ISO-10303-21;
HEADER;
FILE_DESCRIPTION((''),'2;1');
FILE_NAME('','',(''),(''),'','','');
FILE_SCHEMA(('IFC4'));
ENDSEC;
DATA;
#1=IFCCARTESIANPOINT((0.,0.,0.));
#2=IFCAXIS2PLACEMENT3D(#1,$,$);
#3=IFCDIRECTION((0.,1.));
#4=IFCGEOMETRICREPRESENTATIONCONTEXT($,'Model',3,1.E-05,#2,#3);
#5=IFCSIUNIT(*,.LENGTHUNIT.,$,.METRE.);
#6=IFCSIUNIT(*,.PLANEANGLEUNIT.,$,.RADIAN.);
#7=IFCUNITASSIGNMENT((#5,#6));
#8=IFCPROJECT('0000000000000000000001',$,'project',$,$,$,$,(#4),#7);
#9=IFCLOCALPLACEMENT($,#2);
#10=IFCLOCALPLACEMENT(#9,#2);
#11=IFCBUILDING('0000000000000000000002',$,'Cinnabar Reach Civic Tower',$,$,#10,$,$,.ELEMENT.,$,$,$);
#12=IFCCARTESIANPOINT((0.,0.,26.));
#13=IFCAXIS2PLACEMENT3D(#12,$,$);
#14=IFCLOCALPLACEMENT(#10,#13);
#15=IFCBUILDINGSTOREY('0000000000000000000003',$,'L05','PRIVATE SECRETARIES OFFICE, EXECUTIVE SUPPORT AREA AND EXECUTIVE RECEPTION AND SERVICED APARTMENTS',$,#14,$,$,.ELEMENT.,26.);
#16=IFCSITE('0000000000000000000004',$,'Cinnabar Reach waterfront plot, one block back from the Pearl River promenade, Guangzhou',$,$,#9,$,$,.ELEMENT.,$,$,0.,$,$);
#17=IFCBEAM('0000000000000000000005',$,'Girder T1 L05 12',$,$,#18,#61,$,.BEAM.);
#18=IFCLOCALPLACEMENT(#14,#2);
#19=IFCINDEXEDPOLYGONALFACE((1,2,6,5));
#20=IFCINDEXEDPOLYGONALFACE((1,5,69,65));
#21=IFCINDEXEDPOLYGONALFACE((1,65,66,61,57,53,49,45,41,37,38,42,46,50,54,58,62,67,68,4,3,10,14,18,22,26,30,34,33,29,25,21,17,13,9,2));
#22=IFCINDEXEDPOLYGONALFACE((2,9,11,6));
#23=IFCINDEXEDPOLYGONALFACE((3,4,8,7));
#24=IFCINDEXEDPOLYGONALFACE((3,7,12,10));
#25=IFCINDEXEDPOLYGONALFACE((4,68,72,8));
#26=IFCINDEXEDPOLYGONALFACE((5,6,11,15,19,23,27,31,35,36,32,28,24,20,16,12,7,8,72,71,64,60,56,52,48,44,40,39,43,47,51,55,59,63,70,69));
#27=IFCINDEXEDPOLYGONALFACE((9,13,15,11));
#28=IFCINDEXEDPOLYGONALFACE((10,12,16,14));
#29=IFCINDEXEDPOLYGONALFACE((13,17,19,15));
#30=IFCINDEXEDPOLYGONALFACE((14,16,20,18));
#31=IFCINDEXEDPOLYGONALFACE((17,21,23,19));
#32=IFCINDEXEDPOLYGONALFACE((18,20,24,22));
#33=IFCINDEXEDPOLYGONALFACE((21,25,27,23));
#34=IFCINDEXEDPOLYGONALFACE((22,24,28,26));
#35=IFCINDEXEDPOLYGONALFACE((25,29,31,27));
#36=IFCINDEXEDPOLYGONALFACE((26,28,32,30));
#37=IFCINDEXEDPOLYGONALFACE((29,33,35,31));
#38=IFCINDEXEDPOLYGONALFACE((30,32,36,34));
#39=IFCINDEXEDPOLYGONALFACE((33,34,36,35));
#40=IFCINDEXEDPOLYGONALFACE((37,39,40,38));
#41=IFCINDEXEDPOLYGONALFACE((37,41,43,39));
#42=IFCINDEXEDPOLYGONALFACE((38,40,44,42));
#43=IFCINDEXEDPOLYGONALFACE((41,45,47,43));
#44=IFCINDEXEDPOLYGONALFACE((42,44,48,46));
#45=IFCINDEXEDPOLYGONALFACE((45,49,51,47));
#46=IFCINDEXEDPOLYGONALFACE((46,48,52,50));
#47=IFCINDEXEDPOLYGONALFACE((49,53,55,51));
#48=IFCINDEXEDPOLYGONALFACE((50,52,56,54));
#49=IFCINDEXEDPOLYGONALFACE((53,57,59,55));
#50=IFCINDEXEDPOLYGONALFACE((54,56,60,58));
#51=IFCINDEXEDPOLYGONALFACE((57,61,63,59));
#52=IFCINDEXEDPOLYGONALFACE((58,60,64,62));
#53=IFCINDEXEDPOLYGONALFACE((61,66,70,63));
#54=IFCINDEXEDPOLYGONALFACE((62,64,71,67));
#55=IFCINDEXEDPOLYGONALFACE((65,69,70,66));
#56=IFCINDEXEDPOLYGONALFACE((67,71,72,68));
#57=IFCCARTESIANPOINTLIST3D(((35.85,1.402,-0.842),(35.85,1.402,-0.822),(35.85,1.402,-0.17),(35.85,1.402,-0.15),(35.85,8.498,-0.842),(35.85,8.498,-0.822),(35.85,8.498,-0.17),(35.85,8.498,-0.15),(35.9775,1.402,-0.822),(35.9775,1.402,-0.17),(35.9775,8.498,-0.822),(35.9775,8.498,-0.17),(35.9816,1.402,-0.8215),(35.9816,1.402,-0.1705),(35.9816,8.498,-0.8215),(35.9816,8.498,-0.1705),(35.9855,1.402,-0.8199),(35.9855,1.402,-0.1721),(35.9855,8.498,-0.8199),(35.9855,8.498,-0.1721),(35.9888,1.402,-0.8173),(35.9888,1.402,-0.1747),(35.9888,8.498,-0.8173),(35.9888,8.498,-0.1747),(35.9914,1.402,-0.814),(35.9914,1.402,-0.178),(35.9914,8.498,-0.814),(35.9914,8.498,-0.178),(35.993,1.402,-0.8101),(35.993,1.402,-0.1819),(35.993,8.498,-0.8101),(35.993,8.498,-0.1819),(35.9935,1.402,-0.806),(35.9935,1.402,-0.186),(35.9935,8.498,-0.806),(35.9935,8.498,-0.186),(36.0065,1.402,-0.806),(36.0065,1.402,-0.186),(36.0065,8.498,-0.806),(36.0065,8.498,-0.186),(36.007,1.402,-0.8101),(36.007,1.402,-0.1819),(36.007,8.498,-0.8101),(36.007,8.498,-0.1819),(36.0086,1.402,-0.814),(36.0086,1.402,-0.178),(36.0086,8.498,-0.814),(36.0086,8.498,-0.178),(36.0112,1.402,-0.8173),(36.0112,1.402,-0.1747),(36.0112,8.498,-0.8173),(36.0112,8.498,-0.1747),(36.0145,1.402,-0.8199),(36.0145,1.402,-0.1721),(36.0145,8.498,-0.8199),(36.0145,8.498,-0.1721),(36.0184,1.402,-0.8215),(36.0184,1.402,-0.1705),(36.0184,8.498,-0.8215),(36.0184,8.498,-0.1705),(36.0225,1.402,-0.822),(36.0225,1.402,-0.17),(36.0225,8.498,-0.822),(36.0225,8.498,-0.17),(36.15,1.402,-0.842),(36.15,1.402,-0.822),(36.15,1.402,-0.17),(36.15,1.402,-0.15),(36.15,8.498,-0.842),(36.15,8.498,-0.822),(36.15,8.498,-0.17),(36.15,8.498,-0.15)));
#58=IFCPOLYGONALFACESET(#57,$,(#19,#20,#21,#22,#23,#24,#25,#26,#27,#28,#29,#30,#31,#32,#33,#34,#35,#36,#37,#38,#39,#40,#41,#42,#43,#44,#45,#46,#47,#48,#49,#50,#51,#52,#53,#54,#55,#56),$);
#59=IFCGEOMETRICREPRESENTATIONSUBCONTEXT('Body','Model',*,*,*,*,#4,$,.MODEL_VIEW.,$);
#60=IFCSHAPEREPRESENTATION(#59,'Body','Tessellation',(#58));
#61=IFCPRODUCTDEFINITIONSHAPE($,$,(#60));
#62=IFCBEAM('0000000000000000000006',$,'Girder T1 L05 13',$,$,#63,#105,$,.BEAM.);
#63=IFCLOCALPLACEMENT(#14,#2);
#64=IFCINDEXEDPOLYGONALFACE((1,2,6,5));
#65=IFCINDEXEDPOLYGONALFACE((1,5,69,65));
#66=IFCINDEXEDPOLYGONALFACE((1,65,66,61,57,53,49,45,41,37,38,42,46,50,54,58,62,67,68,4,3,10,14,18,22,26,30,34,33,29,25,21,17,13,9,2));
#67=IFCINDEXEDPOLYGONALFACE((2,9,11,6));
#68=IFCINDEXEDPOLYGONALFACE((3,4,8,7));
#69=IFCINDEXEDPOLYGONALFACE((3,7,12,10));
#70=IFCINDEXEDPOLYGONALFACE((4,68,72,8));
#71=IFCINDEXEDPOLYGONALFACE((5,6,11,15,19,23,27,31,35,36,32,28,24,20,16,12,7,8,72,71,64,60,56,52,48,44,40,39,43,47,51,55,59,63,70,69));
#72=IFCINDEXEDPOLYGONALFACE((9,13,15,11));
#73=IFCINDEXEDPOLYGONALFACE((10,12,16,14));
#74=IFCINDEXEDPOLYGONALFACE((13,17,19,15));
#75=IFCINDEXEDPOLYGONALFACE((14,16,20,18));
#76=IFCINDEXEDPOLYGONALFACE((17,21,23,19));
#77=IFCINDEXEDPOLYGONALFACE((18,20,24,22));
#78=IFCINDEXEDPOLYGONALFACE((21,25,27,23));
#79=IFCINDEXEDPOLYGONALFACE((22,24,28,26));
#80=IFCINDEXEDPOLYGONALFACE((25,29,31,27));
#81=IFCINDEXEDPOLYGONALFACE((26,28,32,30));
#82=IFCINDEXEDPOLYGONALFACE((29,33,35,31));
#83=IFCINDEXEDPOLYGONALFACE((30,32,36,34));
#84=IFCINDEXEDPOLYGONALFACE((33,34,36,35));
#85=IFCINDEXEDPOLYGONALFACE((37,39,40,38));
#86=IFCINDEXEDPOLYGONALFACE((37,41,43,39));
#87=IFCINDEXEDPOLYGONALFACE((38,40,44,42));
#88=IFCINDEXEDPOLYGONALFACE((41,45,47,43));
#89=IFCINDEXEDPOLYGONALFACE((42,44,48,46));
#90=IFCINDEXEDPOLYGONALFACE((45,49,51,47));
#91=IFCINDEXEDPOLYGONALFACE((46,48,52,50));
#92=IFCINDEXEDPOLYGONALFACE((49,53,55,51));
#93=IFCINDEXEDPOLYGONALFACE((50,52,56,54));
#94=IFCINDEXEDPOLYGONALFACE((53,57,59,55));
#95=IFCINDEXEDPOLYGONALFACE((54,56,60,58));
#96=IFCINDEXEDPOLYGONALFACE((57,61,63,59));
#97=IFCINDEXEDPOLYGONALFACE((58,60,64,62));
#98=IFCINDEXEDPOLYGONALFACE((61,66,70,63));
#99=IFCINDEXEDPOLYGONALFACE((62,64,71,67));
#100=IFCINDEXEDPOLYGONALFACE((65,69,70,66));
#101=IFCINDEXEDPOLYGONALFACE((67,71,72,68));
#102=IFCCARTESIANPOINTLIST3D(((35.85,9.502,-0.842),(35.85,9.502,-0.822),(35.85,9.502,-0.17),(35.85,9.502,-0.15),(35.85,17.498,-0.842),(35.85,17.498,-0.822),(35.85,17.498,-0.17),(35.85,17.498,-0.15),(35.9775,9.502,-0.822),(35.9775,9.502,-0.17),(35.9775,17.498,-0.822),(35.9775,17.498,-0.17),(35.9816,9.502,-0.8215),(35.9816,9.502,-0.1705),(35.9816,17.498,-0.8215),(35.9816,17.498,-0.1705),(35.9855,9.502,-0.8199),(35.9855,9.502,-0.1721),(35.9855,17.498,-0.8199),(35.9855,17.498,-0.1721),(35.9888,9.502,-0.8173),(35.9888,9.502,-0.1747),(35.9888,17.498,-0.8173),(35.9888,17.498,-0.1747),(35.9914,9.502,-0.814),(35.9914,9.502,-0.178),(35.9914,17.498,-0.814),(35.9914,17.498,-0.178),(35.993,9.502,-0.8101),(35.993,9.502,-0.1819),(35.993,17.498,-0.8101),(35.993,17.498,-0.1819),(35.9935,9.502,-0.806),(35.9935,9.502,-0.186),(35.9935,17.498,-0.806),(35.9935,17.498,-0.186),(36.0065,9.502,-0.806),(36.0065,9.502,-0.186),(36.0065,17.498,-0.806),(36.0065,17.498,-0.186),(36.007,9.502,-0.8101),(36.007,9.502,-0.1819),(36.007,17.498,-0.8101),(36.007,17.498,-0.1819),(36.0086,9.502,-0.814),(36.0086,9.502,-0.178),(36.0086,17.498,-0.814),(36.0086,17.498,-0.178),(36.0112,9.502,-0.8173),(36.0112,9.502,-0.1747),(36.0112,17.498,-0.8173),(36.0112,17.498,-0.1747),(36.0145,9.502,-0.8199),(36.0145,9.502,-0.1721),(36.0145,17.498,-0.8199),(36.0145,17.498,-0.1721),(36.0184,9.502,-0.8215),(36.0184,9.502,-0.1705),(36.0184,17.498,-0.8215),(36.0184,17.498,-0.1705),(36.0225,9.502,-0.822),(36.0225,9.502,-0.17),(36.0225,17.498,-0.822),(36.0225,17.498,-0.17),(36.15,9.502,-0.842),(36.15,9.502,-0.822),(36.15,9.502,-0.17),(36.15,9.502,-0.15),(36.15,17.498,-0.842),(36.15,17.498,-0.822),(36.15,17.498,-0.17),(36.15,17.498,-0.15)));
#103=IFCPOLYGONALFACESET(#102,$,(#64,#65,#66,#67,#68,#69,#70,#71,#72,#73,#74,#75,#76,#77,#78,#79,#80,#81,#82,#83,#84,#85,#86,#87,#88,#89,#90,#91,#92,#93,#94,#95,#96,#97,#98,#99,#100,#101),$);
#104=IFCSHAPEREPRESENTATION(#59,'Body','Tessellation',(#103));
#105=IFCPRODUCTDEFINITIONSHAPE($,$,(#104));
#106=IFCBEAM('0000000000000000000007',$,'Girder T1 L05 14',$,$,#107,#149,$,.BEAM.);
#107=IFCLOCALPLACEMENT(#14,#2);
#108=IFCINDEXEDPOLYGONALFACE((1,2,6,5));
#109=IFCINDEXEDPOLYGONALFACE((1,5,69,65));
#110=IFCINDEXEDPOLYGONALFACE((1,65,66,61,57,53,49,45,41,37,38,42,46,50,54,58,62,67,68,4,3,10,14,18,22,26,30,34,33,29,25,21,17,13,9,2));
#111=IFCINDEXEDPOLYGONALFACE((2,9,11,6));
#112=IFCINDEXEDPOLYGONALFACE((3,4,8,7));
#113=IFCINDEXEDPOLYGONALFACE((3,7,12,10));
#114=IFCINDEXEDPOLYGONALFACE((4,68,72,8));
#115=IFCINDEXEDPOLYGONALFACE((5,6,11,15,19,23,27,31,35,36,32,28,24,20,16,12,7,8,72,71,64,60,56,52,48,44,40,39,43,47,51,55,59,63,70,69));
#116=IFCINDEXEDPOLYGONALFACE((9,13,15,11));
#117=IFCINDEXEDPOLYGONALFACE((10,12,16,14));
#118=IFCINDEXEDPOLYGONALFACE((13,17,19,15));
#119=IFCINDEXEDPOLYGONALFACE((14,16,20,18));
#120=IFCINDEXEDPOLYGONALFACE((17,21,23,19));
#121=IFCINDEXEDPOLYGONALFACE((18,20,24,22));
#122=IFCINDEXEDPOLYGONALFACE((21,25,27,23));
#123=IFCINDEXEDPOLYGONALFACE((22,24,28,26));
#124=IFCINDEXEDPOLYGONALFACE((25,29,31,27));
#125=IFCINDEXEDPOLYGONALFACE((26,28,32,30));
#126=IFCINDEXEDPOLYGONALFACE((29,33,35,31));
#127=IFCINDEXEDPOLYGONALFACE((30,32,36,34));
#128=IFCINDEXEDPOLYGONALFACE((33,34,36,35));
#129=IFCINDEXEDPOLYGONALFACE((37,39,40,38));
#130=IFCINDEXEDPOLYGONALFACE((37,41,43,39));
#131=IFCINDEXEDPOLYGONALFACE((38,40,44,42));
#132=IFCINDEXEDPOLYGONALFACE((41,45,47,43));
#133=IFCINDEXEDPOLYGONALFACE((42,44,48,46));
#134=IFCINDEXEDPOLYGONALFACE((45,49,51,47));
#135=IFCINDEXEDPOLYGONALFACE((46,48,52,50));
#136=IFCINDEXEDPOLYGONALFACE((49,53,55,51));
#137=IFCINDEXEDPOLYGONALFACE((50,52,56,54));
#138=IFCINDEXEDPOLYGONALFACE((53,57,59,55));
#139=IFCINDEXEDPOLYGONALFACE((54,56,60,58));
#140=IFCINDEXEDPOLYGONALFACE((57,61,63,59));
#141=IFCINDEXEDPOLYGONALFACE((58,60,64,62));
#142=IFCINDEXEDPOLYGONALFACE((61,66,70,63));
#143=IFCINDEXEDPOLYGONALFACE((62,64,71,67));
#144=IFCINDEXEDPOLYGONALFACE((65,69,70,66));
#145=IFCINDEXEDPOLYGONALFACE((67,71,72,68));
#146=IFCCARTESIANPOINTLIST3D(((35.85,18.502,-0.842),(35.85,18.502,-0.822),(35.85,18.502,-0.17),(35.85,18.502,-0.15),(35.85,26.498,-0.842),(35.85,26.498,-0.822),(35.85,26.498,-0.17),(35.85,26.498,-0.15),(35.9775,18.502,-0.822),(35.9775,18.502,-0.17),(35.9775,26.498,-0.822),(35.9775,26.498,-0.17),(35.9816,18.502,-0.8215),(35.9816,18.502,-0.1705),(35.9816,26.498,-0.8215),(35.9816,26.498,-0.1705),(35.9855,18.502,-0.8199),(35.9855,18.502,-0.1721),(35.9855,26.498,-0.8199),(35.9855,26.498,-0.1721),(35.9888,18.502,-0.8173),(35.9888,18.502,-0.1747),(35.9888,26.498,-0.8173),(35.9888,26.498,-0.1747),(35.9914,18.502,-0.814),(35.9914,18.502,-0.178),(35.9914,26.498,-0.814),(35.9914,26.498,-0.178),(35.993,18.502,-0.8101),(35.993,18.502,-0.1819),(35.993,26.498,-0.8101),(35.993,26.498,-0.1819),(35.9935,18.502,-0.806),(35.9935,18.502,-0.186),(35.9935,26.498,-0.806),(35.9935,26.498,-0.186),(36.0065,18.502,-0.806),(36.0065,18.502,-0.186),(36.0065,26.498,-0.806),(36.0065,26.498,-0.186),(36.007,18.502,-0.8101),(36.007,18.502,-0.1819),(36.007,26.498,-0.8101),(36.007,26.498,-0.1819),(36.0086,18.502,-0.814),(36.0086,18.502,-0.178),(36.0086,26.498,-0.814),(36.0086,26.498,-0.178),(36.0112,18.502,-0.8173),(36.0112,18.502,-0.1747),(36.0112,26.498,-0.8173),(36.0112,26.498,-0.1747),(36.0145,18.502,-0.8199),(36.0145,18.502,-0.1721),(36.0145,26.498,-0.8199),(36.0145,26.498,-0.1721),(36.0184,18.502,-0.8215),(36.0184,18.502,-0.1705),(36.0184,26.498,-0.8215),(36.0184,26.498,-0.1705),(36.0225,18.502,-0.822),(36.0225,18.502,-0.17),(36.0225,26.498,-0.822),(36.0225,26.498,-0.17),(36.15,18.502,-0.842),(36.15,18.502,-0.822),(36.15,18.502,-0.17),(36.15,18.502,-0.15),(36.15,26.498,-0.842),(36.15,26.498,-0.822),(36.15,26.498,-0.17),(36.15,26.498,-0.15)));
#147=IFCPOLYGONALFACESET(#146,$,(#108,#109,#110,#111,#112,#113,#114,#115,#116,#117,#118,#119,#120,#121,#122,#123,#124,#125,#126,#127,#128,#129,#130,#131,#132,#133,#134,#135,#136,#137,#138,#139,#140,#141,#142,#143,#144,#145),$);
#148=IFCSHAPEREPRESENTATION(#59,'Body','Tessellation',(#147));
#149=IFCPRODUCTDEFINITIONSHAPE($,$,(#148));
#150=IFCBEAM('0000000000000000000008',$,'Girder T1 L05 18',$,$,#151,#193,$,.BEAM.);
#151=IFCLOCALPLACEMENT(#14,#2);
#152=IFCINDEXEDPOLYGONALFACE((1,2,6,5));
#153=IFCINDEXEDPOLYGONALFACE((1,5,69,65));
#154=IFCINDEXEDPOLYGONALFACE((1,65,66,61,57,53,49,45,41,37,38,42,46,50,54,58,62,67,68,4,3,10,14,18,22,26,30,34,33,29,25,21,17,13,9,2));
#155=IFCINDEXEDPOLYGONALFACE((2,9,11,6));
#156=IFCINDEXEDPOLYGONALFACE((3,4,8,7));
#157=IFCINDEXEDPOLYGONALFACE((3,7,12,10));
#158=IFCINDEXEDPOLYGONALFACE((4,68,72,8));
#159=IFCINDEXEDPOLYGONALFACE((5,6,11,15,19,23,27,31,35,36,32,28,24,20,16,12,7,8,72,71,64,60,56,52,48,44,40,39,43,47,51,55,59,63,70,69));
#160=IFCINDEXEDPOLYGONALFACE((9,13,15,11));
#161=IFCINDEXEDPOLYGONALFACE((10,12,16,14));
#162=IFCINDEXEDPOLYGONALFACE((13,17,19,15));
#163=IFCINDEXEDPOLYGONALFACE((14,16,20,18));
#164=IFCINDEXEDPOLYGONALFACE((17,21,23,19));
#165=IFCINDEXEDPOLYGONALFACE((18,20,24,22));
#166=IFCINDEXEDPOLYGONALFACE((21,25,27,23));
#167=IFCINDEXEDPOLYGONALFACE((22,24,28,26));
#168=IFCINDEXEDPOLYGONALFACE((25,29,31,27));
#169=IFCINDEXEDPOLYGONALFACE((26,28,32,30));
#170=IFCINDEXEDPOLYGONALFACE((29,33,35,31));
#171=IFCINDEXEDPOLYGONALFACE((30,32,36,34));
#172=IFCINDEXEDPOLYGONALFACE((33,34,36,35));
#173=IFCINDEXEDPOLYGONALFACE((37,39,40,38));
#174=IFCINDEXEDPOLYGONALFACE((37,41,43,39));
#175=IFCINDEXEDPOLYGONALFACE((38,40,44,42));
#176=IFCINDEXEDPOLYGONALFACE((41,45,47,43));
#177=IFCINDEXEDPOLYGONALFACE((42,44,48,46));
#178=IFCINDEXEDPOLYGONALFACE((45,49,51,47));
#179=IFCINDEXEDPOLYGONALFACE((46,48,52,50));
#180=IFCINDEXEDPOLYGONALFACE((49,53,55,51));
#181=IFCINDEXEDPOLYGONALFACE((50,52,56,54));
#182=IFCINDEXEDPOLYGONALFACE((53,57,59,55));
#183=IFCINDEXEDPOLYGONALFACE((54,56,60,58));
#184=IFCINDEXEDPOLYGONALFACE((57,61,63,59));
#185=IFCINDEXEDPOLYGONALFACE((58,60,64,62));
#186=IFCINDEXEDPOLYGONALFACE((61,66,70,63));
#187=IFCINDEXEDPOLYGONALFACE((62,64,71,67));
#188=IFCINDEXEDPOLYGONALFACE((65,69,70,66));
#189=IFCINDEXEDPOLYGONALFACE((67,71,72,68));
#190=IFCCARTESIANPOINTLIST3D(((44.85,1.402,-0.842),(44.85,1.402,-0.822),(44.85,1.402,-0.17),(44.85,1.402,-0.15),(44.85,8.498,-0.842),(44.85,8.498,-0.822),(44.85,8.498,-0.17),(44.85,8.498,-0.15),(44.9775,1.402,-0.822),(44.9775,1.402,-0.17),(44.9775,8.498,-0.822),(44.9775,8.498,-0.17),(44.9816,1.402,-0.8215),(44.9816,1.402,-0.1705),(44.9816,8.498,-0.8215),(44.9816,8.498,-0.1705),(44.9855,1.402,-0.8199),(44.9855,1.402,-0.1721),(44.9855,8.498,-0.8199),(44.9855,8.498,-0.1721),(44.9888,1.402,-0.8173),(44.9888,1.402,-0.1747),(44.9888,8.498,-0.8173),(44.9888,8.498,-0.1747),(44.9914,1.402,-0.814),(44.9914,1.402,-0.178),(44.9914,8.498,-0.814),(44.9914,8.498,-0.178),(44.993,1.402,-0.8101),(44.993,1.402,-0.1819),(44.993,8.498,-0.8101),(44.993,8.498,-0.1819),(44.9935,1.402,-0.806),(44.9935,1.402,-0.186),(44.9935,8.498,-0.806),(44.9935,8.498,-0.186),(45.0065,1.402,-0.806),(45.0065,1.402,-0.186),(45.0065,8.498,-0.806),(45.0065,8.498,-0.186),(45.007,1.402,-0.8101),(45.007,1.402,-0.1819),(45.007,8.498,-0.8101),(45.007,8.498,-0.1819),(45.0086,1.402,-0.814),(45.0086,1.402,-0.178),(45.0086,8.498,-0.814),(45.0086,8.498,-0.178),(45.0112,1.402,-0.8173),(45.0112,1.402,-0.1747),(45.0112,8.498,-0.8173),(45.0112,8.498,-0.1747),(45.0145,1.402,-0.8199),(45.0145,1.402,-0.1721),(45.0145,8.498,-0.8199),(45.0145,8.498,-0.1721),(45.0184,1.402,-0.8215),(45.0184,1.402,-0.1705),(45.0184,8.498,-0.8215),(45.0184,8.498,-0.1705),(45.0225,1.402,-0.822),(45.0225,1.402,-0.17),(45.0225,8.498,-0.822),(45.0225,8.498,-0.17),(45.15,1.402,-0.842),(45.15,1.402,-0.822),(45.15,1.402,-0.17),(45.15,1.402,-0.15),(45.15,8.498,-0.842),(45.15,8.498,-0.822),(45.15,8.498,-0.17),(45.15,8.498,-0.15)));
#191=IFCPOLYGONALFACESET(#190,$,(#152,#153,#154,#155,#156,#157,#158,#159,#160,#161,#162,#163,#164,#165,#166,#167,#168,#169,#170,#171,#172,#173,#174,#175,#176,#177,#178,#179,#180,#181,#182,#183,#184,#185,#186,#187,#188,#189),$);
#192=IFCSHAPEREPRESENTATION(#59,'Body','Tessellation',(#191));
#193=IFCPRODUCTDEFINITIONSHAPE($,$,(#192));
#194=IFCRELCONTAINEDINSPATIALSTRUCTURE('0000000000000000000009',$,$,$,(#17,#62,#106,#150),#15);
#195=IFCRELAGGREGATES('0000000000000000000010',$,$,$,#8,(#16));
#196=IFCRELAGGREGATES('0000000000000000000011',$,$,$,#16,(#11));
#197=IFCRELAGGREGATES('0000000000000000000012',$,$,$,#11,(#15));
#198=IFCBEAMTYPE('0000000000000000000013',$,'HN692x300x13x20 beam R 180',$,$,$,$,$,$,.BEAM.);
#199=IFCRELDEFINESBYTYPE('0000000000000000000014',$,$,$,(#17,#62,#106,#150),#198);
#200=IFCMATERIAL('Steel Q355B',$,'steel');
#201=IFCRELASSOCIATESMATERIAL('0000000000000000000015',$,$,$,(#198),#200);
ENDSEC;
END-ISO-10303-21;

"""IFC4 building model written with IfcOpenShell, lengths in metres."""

from ifc_helpers import new_model, si_unit, direction, frame, origin, origin_2d, place, context, subcontext, project, spatial, i_section, extrude, material, material_profile, profile_set, type_object, element, save


model = new_model("IFC4")

# Units and contexts
model_context = context("Model", 3, precision=1e-05, world=origin(), true_north=direction((0.0, 1.0)))
body_context = subcontext(model_context, "Body", "Model", "MODEL_VIEW")
ifc_project = project(units=[si_unit("LENGTHUNIT", "METRE"), si_unit("PLANEANGLEUNIT", "RADIAN")], contexts=[model_context])

# Site, building, storey
site_placement = place(None, origin())
site = spatial("IfcSite", under=ifc_project, at=site_placement, Name="Cinnabar Reach waterfront plot, one block back from the Pearl River promenade, Guangzhou", CompositionType="ELEMENT", RefElevation=0.0)
building_placement = place(site_placement, origin())
building = spatial("IfcBuilding", under=site, at=building_placement, Name="Cinnabar Reach Civic Tower", CompositionType="ELEMENT")
storey_placement = place(building_placement, frame((0.0, 0.0, 26.0)))
storey = spatial("IfcBuildingStorey", under=building, at=storey_placement, Name="L05", Description="PRIVATE SECRETARIES OFFICE, EXECUTIVE SUPPORT AREA AND EXECUTIVE RECEPTION AND SERVICED APARTMENTS", CompositionType="ELEMENT", Elevation=26.0)

# Beams
ifc_material_1 = material(Name="Steel Q355B", Category="steel")
ifc_material_profile_1 = material_profile(ifc_material_1, i_section(OverallWidth=0.3, OverallDepth=0.692, WebThickness=0.013, FlangeThickness=0.02, FilletRadius=0.016, at=origin_2d()), Name="HN692x300x13x20")
ifc_profile_set_1 = profile_set([ifc_material_profile_1], Name="Steel Q355B")
beam_type_1 = type_object("IfcBeamType", Name="HN692x300x13x20 beam R 180", PredefinedType="BEAM", material=ifc_profile_set_1)
beam_1_placement = place(storey_placement, frame((36.0, 1.402, -0.496), z_axis=(0.0, 1.0, 0.0), x_axis=(-1.0, 0.0, 0.0)))
element("IfcBeam", 1, at=beam_1_placement, inside=storey, type_object=beam_type_1, Name="Girder T1 L05 12", PredefinedType="BEAM", context=body_context, shape_type="SweptSolid", body=[
    extrude(i_section(OverallWidth=0.3, OverallDepth=0.692, WebThickness=0.013, FlangeThickness=0.02, FilletRadius=0.016, at=origin_2d()), origin(), (0.0, 0.0, 1.0), 7.096),
])
for number, where, z_axis, x_axis, name in (
    (2, (36.0, 9.502, -0.496), (0.0, 1.0, 0.0), (-1.0, 0.0, 0.0), "Girder T1 L05 13"),
    (3, (36.0, 18.502, -0.496), (0.0, 1.0, 0.0), (-1.0, 0.0, 0.0), "Girder T1 L05 14"),
):
    element("IfcBeam", number, at=place(storey_placement, frame(where, z_axis=z_axis, x_axis=x_axis)), inside=storey, type_object=beam_type_1, Name=name, PredefinedType="BEAM", context=body_context, shape_type="SweptSolid", body=[
        extrude(i_section(OverallWidth=0.3, OverallDepth=0.692, WebThickness=0.013, FlangeThickness=0.02, FilletRadius=0.016, at=origin_2d()), origin(), (0.0, 0.0, 1.0), 7.996),
    ])
beam_2_placement = place(storey_placement, frame((45.0, 1.402, -0.496), z_axis=(0.0, 1.0, 0.0), x_axis=(-1.0, 0.0, 0.0)))
element("IfcBeam", 4, at=beam_2_placement, inside=storey, type_object=beam_type_1, Name="Girder T1 L05 18", PredefinedType="BEAM", context=body_context, shape_type="SweptSolid", body=[
    extrude(i_section(OverallWidth=0.3, OverallDepth=0.692, WebThickness=0.013, FlangeThickness=0.02, FilletRadius=0.016, at=origin_2d()), origin(), (0.0, 0.0, 1.0), 7.096),
])

save(model, "model.ifc")
